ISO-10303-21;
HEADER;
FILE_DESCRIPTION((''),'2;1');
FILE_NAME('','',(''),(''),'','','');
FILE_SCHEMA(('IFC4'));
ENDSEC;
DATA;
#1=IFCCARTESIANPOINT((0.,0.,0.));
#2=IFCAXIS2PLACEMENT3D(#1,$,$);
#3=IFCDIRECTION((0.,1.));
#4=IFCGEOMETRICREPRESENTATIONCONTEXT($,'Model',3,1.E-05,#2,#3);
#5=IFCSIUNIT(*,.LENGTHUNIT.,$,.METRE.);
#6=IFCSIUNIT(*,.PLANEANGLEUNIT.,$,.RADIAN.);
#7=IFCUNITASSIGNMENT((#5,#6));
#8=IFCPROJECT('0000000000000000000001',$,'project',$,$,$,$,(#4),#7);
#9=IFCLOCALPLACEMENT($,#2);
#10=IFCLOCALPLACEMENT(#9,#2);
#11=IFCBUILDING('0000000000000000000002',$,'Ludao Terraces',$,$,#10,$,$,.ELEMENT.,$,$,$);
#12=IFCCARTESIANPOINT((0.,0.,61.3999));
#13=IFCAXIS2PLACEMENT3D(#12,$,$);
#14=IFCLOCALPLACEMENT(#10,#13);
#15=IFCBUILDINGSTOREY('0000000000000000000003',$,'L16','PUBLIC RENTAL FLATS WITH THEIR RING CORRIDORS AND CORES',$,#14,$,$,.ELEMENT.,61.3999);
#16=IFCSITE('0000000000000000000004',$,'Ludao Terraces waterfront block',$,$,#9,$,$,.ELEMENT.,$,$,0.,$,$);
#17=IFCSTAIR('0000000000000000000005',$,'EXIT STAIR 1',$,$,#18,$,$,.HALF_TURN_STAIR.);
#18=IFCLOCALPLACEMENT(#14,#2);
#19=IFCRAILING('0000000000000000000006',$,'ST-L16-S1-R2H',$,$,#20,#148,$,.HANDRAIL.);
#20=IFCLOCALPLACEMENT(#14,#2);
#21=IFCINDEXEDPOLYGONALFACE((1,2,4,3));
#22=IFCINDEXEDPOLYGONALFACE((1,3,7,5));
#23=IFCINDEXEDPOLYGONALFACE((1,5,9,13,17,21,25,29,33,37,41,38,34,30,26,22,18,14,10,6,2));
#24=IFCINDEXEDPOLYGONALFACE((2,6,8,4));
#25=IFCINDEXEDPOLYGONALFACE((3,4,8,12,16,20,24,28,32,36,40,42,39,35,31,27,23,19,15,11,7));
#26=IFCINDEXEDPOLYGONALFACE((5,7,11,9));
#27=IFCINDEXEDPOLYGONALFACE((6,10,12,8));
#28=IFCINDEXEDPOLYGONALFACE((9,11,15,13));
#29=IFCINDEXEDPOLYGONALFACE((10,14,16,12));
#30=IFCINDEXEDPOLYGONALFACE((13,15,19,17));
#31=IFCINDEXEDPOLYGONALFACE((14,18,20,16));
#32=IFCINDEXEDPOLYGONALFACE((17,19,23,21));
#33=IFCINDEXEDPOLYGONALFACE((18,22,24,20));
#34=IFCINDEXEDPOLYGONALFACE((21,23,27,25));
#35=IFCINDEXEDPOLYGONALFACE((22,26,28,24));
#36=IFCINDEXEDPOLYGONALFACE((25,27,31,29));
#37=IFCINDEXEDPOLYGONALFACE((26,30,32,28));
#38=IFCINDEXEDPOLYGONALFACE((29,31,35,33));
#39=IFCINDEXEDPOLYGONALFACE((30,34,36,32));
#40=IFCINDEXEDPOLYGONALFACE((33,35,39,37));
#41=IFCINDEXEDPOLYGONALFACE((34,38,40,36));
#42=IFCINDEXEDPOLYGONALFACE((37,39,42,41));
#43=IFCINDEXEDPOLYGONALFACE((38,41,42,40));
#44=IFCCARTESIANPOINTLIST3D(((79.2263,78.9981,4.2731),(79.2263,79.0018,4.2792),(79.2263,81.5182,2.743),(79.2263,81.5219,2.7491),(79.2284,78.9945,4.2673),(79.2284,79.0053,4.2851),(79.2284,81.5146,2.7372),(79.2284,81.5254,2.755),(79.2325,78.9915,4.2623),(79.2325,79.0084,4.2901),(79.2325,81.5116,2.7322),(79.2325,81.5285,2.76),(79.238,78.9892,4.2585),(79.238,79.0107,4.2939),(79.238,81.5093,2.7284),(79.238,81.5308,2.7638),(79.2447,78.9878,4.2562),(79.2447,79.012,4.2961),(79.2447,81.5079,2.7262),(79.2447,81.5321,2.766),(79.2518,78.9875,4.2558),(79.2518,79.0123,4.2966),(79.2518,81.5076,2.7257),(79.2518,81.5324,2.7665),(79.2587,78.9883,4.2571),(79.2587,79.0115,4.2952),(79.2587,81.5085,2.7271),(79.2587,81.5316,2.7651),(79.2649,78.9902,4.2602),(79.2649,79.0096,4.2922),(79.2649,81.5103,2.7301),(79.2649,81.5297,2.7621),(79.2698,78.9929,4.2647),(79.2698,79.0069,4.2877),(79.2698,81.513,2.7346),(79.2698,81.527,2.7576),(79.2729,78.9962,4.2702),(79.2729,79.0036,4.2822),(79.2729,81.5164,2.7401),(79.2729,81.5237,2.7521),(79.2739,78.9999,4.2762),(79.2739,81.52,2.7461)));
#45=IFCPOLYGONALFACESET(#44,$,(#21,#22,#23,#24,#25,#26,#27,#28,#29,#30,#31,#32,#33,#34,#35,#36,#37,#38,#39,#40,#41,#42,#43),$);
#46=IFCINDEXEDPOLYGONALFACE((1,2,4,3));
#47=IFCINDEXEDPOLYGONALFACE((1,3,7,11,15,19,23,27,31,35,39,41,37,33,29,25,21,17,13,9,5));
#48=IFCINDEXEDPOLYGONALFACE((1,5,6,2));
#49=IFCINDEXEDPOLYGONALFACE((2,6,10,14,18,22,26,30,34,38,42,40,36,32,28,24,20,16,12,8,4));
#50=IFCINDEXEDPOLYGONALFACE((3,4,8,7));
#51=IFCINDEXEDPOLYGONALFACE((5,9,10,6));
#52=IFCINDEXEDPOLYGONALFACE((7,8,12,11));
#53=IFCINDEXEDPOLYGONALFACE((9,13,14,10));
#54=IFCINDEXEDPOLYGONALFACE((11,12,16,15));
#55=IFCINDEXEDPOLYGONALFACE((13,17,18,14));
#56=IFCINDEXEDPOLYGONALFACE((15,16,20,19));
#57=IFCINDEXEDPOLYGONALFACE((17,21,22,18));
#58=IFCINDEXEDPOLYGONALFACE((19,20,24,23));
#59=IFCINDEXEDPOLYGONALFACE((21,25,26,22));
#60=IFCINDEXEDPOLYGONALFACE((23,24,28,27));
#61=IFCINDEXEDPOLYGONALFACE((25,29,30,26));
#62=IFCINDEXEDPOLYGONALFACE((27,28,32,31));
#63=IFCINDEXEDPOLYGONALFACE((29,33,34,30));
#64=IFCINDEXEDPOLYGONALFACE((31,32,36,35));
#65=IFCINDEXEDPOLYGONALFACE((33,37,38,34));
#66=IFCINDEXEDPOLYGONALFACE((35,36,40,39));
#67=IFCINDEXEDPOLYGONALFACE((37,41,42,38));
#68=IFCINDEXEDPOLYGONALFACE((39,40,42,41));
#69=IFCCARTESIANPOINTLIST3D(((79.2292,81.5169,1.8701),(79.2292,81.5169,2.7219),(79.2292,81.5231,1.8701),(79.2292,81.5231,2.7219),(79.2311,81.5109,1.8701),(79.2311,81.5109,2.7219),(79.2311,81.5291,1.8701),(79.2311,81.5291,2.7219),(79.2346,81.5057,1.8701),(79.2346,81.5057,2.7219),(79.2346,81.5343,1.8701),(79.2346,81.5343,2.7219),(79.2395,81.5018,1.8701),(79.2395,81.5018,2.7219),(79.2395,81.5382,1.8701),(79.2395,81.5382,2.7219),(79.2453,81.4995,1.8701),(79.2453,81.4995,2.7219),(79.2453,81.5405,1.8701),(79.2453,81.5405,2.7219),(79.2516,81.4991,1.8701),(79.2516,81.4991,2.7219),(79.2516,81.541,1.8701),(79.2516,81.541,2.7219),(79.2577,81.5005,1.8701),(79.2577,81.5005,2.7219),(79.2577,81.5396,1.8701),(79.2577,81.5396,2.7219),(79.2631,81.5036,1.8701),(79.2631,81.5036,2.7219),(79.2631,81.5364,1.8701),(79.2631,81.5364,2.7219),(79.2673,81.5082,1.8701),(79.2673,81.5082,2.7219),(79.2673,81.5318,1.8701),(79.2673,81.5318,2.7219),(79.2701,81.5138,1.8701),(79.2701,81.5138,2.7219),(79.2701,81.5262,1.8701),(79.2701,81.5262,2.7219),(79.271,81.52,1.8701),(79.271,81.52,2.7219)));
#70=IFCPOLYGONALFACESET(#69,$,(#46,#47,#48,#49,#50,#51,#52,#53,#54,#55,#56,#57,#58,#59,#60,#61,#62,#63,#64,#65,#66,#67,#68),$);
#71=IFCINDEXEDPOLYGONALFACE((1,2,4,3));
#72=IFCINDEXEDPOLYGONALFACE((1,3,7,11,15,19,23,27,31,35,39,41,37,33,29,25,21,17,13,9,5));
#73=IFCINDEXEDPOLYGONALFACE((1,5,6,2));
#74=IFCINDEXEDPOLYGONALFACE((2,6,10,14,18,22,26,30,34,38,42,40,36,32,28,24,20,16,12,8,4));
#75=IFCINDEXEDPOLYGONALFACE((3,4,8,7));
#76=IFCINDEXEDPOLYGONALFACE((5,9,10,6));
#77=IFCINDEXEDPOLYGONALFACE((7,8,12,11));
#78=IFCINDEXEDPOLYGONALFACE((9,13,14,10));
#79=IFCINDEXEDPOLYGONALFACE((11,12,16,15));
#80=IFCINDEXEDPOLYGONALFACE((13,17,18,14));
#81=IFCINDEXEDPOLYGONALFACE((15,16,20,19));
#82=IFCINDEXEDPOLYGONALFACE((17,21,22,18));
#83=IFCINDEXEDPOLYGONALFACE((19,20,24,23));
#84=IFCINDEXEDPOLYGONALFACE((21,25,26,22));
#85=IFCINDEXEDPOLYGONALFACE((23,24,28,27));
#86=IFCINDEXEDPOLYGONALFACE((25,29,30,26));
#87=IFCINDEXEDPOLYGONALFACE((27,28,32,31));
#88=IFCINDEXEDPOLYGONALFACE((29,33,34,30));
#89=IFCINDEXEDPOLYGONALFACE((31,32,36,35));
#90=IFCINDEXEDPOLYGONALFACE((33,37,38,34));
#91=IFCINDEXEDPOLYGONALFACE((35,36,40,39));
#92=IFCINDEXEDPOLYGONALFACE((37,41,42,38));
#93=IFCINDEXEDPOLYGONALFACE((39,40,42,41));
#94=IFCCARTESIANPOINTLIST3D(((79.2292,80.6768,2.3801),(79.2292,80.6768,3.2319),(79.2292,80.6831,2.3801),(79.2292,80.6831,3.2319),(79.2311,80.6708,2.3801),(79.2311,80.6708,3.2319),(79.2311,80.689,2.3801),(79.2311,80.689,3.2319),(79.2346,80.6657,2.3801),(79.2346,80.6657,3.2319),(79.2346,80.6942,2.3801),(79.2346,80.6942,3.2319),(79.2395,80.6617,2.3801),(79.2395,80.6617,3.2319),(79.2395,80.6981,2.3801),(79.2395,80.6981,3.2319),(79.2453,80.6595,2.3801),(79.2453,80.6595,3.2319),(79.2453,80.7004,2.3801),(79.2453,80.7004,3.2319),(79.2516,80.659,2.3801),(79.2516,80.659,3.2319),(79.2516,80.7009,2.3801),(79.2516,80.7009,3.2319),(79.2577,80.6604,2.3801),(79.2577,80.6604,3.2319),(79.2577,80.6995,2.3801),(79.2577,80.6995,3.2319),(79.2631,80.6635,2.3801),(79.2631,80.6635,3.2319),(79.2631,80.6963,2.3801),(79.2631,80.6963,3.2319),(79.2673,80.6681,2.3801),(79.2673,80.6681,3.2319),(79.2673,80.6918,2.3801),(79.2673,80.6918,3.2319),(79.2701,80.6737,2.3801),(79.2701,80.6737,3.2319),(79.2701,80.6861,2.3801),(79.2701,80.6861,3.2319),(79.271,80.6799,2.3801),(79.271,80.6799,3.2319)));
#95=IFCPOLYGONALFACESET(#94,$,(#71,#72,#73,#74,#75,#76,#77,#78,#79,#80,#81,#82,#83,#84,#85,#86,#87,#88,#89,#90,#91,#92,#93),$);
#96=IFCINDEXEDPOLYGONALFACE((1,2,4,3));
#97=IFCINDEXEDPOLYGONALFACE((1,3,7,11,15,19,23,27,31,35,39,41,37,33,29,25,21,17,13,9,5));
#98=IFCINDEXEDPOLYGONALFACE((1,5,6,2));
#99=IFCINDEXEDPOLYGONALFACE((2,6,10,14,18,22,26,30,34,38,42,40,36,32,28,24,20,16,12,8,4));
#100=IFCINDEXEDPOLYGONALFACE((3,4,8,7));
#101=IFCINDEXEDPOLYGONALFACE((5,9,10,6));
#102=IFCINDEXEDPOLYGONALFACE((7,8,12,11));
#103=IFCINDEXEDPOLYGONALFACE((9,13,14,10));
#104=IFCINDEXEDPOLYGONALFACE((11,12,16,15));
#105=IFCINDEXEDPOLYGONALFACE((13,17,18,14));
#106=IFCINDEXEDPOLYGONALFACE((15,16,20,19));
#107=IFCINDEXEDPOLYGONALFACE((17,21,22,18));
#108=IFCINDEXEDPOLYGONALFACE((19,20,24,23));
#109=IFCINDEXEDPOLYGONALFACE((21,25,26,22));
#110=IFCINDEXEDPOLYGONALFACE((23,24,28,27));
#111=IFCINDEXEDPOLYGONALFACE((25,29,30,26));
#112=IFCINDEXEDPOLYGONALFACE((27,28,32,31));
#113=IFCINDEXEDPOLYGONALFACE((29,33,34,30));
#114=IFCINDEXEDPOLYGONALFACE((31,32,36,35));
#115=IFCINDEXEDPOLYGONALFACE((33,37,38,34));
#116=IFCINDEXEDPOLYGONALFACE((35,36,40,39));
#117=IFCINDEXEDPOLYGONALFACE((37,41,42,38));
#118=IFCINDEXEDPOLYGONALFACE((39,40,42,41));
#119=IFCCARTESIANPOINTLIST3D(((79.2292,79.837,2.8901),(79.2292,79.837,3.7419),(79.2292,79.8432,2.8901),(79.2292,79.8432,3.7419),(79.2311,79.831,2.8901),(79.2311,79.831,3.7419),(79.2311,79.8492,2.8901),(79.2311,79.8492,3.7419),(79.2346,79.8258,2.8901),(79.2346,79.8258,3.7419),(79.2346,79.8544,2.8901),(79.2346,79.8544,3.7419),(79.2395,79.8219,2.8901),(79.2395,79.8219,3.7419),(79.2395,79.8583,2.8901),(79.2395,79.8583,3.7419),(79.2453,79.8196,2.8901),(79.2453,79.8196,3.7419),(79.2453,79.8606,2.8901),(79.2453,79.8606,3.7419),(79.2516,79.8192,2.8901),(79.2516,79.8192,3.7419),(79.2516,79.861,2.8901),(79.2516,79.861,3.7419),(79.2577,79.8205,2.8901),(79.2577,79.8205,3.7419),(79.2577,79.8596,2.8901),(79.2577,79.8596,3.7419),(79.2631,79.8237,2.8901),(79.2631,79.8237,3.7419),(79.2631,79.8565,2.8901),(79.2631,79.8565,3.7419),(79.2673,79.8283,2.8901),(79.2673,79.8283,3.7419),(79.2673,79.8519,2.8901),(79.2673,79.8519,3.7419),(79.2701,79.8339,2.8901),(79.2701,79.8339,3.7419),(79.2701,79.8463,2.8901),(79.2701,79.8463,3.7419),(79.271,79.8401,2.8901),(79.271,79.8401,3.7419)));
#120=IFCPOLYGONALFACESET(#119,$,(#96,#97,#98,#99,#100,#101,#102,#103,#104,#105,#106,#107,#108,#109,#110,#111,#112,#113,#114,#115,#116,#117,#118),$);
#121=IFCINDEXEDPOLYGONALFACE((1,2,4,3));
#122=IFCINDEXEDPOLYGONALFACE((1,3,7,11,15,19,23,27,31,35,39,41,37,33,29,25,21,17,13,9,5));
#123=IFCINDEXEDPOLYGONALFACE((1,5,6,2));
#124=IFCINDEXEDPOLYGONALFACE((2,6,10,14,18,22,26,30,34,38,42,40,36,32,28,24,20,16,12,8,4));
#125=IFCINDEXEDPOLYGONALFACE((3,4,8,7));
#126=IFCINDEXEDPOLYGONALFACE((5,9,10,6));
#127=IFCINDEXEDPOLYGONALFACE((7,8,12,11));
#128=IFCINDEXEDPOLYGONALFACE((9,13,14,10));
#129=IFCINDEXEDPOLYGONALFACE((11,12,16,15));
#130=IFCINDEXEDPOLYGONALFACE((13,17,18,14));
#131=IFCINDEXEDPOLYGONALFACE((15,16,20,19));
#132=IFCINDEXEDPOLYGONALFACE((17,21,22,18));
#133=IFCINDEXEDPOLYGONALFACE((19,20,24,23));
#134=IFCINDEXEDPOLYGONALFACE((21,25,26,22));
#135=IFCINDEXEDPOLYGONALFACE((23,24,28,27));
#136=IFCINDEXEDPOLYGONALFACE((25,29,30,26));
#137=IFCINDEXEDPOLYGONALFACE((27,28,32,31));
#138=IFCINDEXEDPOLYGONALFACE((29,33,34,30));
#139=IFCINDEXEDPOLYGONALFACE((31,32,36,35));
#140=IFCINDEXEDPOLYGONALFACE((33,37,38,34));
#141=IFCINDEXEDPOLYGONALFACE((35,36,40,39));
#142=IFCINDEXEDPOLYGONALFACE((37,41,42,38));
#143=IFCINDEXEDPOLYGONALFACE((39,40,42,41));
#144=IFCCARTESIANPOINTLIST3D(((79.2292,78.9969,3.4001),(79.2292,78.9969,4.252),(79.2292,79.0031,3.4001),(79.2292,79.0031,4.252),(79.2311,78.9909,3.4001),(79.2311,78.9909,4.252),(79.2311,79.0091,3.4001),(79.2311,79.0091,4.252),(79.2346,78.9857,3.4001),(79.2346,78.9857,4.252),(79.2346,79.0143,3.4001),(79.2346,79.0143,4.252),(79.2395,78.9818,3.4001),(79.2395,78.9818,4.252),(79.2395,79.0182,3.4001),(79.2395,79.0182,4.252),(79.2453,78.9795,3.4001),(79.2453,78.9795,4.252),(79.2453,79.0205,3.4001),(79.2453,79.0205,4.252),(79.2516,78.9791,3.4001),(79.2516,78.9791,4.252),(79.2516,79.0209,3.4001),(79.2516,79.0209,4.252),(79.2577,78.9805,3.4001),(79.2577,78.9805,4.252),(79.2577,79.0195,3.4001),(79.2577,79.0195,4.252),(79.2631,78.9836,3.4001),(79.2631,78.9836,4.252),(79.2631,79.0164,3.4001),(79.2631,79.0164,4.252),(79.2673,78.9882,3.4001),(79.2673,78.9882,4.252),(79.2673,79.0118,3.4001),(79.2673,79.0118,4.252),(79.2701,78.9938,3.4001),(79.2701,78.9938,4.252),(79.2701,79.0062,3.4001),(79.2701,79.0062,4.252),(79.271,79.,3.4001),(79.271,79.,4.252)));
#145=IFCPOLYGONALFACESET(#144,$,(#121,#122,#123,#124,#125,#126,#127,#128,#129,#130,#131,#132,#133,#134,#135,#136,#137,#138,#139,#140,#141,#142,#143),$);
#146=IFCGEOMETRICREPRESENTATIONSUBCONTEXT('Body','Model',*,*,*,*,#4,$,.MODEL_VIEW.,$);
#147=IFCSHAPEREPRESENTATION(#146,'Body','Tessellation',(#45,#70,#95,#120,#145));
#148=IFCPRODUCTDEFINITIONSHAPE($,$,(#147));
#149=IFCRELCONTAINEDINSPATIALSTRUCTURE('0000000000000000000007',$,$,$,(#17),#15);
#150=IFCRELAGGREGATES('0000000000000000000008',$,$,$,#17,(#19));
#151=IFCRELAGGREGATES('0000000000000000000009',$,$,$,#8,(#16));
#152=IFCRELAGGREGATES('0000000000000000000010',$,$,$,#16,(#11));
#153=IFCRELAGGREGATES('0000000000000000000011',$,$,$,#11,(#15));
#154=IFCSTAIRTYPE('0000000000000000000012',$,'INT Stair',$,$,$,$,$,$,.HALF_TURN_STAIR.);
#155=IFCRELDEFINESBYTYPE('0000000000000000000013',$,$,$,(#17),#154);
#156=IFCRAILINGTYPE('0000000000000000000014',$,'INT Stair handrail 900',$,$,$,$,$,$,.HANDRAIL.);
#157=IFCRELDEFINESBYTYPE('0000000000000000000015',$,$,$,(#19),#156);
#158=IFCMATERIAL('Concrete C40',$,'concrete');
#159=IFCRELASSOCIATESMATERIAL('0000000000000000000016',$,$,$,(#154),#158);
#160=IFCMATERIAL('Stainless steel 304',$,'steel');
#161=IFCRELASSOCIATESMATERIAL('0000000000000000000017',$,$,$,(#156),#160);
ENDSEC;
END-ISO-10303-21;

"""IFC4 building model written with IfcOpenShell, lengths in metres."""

from ifc_helpers import new_model, si_unit, direction, frame, origin, origin_2d, place, context, subcontext, project, spatial, circle, extrude, material, type_object, element, aggregate, save


model = new_model("IFC4")

# Units and contexts
model_context = context("Model", 3, precision=1e-05, world=origin(), true_north=direction((0.0, 1.0)))
body_context = subcontext(model_context, "Body", "Model", "MODEL_VIEW")
ifc_project = project(units=[si_unit("LENGTHUNIT", "METRE"), si_unit("PLANEANGLEUNIT", "RADIAN")], contexts=[model_context])

# Site, building, storey
site_placement = place(None, origin())
site = spatial("IfcSite", under=ifc_project, at=site_placement, Name="Ludao Terraces waterfront block", CompositionType="ELEMENT", RefElevation=0.0)
building_placement = place(site_placement, origin())
building = spatial("IfcBuilding", under=site, at=building_placement, Name="Ludao Terraces", CompositionType="ELEMENT")
storey_placement = place(building_placement, frame((0.0, 0.0, 61.3999)))
storey = spatial("IfcBuildingStorey", under=building, at=storey_placement, Name="L16", Description="PUBLIC RENTAL FLATS WITH THEIR RING CORRIDORS AND CORES", CompositionType="ELEMENT", Elevation=61.3999)

# Stair, railing
ifc_material_1 = material(Name="Concrete C40", Category="concrete")
stair_type = type_object("IfcStairType", Name="INT Stair", PredefinedType="HALF_TURN_STAIR", material=ifc_material_1)
stair_placement = place(storey_placement, origin())
stair = element("IfcStair", 1, at=stair_placement, inside=storey, type_object=stair_type, Name="EXIT STAIR 1", PredefinedType="HALF_TURN_STAIR")
ifc_material_2 = material(Name="Stainless steel 304", Category="steel")
railing_type_1 = type_object("IfcRailingType", Name="INT Stair handrail 900", PredefinedType="HANDRAIL", material=ifc_material_2)
railing_1_placement = place(storey_placement, frame((79.25, 81.52, 1.8701)))
railing_1 = element("IfcRailing", 2, at=railing_1_placement, type_object=railing_type_1, Name="ST-L16-S1-R2H", PredefinedType="HANDRAIL", context=body_context, shape_type="SweptSolid", body=[
    extrude(circle(Radius=0.0239, at=origin_2d()), frame((0.0, 0.0, 0.876), z_axis=(0.0, -0.854785, 0.518982), x_axis=(1.0, 0.0, 0.0)), (0.0, 0.0, 1.0), 2.9482),
    extrude(circle(Radius=0.021, at=origin_2d()), origin(), (0.0, 0.0, 1.0), 0.8518),
    extrude(circle(Radius=0.021, at=origin_2d()), frame((0.0, -0.8401, 0.51)), (0.0, 0.0, 1.0), 0.8518),
    extrude(circle(Radius=0.021, at=origin_2d()), frame((0.0, -1.6799, 1.02)), (0.0, 0.0, 1.0), 0.8518),
    extrude(circle(Radius=0.021, at=origin_2d()), frame((0.0, -2.52, 1.53)), (0.0, 0.0, 1.0), 0.8518),
])
aggregate(stair, [railing_1])

save(model, "model.ifc")
